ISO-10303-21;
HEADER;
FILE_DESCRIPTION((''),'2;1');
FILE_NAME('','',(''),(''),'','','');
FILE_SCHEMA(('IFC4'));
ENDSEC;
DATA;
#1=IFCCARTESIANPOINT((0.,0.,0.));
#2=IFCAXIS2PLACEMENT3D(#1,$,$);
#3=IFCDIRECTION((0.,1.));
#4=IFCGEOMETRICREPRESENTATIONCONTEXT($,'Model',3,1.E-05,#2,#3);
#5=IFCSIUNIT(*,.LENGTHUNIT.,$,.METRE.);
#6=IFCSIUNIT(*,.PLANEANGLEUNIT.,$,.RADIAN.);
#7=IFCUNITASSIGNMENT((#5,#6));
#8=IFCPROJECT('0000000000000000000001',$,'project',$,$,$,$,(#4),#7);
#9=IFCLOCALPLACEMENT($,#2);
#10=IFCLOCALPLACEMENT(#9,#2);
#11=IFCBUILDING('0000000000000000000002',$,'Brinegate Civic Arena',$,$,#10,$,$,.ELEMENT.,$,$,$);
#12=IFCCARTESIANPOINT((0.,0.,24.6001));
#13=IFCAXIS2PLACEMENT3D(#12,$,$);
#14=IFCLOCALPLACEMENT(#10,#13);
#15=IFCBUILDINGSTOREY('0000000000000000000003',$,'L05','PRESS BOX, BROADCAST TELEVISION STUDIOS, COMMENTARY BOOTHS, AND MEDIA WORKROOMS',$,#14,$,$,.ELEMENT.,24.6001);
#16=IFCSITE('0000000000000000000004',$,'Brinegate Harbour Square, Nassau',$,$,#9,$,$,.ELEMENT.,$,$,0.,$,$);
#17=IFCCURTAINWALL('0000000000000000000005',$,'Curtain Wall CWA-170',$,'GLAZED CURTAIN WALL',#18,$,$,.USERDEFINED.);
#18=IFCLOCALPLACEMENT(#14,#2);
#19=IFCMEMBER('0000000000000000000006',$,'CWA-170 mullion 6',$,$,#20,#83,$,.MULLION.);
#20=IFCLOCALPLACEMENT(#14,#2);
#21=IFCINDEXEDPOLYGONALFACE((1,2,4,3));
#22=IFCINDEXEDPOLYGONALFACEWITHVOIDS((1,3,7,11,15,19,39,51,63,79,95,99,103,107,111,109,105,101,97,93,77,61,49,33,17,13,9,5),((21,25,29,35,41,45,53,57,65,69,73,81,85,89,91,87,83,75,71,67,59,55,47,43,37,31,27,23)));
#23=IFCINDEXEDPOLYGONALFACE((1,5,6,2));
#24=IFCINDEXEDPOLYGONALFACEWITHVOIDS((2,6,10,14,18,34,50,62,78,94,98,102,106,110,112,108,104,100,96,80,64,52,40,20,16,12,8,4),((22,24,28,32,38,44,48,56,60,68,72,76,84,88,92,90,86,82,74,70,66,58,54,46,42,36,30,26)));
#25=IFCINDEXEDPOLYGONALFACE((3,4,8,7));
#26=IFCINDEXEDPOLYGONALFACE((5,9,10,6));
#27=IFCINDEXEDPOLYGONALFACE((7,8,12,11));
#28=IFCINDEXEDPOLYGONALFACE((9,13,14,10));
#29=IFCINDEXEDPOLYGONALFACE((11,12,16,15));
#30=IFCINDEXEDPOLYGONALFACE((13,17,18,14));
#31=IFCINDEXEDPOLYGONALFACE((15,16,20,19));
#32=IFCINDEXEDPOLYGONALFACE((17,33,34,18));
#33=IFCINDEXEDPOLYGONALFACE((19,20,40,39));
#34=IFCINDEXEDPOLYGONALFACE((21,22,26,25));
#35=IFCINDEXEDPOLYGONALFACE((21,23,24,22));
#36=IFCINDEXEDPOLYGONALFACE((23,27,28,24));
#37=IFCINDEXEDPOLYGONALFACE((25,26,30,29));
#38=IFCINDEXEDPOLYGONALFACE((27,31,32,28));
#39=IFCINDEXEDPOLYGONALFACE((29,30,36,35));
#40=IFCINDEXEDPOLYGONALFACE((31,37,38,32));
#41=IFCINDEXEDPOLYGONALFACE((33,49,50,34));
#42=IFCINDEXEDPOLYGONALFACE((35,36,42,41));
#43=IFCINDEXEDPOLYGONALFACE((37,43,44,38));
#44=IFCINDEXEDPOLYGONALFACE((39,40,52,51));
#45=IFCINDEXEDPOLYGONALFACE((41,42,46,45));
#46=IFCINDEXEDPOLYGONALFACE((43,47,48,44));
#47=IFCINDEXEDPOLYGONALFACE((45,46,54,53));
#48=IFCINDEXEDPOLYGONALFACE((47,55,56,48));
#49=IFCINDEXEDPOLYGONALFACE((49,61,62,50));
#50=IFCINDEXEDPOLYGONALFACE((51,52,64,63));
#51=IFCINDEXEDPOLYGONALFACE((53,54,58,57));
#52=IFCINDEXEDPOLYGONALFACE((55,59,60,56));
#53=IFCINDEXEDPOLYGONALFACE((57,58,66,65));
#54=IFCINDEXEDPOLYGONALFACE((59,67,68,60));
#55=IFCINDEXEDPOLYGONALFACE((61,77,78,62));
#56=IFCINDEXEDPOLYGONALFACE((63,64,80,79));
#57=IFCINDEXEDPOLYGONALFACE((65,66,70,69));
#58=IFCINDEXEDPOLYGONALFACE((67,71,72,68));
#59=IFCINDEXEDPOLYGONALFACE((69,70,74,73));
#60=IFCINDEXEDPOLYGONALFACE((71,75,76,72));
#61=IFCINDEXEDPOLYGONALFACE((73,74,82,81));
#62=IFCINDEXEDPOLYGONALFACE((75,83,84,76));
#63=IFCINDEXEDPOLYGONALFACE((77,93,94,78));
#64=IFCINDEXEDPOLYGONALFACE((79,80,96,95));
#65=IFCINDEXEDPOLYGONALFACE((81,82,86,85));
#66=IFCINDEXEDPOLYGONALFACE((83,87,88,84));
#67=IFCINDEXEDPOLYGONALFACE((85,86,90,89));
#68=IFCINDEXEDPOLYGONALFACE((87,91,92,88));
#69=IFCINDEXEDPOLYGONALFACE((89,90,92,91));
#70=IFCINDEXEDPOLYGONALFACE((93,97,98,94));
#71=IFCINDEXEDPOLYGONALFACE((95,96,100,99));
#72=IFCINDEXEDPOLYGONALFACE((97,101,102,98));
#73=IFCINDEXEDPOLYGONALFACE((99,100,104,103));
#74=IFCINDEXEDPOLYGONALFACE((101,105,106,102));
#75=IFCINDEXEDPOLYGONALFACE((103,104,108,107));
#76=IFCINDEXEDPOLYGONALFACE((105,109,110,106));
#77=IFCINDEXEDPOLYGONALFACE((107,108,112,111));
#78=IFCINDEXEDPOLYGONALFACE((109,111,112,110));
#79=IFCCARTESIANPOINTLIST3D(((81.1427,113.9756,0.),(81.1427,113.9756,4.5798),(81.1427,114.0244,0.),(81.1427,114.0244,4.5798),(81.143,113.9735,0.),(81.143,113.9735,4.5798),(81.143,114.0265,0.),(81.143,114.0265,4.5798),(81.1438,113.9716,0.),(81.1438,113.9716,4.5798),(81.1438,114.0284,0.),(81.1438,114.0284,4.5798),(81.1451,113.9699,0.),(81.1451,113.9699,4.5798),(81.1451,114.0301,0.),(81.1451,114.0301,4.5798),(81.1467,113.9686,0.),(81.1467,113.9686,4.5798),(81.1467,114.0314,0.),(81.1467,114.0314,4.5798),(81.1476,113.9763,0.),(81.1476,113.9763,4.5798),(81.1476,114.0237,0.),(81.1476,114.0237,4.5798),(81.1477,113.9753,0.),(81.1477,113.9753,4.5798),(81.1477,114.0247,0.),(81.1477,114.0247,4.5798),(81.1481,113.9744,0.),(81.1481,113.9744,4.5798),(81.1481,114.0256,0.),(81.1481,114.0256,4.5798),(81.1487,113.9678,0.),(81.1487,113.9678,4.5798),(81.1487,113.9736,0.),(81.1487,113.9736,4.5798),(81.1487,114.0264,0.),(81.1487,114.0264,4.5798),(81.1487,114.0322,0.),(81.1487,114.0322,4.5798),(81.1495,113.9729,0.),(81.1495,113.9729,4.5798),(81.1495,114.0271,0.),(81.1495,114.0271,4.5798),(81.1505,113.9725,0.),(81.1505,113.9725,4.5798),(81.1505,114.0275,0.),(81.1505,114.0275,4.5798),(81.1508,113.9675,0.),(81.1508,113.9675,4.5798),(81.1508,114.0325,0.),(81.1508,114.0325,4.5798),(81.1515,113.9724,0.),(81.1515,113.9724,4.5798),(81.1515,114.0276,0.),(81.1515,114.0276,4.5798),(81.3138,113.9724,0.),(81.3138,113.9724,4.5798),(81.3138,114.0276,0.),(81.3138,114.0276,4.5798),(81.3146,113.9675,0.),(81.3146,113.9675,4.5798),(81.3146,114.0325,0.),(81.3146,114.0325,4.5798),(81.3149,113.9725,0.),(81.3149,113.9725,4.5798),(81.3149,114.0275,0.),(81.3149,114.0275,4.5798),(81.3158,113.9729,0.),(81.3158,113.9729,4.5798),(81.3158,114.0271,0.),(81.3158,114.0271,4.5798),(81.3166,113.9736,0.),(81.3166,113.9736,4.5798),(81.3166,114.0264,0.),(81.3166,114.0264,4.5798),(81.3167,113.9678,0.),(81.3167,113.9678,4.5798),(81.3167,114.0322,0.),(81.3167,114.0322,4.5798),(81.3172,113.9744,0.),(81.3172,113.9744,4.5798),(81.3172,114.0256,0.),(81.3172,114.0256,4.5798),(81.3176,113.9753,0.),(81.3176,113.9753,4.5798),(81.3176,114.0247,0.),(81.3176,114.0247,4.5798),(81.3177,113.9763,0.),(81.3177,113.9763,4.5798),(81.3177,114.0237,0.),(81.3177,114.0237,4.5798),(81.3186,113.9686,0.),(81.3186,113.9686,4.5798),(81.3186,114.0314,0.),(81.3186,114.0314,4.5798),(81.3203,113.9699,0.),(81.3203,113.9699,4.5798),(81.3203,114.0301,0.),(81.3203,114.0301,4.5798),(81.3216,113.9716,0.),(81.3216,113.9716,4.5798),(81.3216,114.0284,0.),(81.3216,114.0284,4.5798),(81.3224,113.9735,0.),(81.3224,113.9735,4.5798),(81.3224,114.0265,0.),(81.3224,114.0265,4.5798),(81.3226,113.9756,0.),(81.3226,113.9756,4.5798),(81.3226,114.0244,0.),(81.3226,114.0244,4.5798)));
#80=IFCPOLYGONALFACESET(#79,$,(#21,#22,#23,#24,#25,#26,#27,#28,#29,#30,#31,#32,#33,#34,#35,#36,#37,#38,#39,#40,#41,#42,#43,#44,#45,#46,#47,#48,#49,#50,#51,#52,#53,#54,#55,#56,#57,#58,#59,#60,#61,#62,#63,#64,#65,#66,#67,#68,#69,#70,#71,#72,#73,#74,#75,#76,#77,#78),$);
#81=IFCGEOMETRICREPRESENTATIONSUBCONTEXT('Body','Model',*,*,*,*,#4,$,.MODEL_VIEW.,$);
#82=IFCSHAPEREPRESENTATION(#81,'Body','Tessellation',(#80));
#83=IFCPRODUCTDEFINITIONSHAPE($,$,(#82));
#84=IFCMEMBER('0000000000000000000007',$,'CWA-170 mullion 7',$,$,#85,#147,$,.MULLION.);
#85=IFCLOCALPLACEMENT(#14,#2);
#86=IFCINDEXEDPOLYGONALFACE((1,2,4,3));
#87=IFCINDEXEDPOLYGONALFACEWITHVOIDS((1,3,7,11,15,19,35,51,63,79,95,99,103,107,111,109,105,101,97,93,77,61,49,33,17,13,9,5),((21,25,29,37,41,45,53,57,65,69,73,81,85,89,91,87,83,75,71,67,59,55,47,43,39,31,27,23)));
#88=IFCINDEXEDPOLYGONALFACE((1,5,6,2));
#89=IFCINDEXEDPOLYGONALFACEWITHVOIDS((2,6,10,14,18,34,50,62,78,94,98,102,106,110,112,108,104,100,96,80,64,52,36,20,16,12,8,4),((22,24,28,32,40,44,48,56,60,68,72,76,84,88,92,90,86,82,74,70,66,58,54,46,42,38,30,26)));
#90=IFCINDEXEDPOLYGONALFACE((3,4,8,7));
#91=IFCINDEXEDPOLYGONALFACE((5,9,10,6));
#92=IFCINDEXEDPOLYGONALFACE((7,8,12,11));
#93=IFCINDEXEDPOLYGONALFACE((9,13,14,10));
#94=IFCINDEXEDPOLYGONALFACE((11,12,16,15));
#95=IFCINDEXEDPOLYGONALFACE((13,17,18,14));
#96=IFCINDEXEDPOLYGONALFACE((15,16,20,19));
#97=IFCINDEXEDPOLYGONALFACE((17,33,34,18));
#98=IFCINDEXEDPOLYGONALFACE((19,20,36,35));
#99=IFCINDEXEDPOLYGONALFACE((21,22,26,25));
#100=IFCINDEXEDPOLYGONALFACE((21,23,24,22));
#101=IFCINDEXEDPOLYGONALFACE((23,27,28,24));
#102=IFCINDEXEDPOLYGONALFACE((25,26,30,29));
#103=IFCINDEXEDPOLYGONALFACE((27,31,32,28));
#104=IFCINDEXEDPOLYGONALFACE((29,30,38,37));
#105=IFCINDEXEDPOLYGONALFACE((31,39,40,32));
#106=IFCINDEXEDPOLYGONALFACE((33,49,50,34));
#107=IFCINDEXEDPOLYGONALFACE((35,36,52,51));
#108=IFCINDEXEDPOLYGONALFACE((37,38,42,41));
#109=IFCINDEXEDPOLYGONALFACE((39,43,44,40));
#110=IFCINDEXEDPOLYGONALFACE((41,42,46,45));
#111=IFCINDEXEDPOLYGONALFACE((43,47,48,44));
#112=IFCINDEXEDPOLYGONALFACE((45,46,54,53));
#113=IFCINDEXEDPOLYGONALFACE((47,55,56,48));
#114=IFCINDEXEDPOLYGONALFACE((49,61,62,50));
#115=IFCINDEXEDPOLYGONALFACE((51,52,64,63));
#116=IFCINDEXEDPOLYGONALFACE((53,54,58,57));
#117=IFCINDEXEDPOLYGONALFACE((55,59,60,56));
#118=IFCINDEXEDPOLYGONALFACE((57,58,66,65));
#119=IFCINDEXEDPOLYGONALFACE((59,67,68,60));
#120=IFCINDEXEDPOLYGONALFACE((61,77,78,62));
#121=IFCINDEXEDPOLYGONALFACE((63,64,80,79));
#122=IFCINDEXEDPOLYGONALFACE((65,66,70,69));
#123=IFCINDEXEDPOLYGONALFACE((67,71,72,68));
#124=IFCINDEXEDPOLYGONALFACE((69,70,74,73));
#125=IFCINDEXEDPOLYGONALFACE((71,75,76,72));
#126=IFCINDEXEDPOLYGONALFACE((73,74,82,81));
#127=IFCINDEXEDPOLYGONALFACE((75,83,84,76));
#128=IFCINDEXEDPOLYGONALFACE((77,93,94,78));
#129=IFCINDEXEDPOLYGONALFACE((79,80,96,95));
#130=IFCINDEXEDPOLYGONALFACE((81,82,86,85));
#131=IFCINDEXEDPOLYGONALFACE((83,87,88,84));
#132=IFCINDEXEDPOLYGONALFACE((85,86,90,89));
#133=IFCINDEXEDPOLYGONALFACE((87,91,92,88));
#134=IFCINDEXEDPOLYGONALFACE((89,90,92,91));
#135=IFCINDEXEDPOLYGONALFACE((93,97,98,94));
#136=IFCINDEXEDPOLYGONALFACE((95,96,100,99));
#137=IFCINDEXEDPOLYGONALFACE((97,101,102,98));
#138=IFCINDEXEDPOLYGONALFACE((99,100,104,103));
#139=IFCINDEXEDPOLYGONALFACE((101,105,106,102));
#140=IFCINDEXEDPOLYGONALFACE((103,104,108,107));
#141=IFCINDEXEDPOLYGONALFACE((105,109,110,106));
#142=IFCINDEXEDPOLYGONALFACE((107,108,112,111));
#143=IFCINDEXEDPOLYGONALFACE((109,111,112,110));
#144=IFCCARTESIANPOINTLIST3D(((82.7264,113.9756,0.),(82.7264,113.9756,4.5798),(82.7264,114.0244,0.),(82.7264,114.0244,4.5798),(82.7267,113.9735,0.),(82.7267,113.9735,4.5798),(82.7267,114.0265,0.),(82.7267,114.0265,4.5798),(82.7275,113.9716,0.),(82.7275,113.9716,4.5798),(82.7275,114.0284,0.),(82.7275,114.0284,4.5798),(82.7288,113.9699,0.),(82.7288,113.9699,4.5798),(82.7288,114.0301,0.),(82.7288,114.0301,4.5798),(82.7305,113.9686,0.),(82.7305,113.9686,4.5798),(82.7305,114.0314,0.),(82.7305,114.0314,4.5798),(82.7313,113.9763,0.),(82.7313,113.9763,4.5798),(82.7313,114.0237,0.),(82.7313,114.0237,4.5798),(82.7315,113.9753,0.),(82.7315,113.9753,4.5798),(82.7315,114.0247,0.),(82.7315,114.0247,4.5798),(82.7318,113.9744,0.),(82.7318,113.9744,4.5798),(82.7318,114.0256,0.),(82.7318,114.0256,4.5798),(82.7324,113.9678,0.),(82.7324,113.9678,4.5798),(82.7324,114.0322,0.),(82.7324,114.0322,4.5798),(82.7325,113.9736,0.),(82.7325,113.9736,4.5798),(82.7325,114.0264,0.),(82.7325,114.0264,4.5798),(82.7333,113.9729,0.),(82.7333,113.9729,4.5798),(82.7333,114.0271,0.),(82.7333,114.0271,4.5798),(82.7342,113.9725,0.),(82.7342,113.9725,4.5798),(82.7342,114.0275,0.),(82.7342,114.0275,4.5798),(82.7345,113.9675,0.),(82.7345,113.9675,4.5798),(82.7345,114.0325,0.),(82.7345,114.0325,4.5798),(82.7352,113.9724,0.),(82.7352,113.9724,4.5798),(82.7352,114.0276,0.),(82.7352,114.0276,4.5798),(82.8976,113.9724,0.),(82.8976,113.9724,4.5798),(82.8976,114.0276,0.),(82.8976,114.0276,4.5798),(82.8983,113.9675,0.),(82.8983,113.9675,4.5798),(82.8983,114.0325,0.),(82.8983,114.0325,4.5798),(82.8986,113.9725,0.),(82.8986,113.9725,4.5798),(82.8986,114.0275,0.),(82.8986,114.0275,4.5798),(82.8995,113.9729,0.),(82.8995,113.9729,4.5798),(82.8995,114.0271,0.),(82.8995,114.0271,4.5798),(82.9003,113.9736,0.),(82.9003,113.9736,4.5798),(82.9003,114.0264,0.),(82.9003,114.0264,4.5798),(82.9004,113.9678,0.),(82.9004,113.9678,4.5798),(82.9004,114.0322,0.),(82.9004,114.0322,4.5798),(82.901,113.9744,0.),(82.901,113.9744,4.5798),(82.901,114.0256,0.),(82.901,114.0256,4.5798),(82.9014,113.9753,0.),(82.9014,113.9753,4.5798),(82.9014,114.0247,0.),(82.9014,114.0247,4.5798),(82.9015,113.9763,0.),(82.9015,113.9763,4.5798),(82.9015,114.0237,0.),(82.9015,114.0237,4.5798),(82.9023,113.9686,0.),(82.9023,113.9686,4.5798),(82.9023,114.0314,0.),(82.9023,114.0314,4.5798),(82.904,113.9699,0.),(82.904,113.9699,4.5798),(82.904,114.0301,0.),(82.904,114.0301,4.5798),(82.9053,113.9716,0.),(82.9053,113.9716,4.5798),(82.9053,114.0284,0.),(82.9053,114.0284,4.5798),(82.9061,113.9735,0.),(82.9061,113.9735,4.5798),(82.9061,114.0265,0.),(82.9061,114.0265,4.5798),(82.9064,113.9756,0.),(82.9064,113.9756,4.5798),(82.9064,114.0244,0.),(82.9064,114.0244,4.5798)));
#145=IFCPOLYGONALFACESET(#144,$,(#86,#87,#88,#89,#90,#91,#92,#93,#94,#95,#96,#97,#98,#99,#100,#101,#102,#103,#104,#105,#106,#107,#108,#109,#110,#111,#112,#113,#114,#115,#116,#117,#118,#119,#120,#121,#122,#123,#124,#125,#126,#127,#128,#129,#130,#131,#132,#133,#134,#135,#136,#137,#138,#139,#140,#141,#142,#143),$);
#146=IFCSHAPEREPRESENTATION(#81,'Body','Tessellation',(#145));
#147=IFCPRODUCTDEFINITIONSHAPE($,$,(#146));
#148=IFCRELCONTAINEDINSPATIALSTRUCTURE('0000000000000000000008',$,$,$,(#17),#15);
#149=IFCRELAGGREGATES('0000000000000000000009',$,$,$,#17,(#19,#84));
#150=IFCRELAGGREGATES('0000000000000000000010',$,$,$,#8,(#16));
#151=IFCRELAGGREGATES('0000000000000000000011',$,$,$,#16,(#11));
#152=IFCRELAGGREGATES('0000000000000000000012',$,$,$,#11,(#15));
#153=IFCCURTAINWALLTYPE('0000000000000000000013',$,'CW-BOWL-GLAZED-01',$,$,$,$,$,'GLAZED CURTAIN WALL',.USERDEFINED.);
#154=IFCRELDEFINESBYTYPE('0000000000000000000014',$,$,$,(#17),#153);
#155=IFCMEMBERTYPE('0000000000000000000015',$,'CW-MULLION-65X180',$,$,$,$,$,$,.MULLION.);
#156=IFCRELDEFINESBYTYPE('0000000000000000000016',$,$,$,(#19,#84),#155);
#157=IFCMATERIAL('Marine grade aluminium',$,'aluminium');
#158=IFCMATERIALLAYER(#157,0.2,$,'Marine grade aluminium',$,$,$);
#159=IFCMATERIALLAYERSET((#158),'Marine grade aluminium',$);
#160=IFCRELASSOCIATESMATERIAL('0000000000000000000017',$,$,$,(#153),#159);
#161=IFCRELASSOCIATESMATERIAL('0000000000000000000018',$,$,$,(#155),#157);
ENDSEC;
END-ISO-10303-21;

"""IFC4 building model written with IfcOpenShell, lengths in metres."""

from ifc_helpers import new_model, si_unit, direction, frame, origin, origin_2d, place, context, subcontext, project, spatial, hollow_rectangle, extrude, material, layer, layer_set, material_profile, profile_set, type_object, element, aggregate, save


model = new_model("IFC4")

# Units and contexts
model_context = context("Model", 3, precision=1e-05, world=origin(), true_north=direction((0.0, 1.0)))
body_context = subcontext(model_context, "Body", "Model", "MODEL_VIEW")
ifc_project = project(units=[si_unit("LENGTHUNIT", "METRE"), si_unit("PLANEANGLEUNIT", "RADIAN")], contexts=[model_context])

# Site, building, storey
site_placement = place(None, origin())
site = spatial("IfcSite", under=ifc_project, at=site_placement, Name="Brinegate Harbour Square, Nassau", CompositionType="ELEMENT", RefElevation=0.0)
building_placement = place(site_placement, origin())
building = spatial("IfcBuilding", under=site, at=building_placement, Name="Brinegate Civic Arena", CompositionType="ELEMENT")
storey_placement = place(building_placement, frame((0.0, 0.0, 24.6001)))
storey = spatial("IfcBuildingStorey", under=building, at=storey_placement, Name="L05", Description="PRESS BOX, BROADCAST TELEVISION STUDIOS, COMMENTARY BOOTHS, AND MEDIA WORKROOMS", CompositionType="ELEMENT", Elevation=24.6001)

# Curtain wall, members
ifc_material_1 = material(Name="Marine grade aluminium", Category="aluminium")
ifc_layer_1 = layer(ifc_material_1, 0.2, Name="Marine grade aluminium")
ifc_layer_set_1 = layer_set([ifc_layer_1], Name="Marine grade aluminium")
curtain_wall_type = type_object("IfcCurtainWallType", Name="CW-BOWL-GLAZED-01", ElementType="GLAZED CURTAIN WALL", PredefinedType="USERDEFINED", material=ifc_layer_set_1)
curtain_wall_placement = place(storey_placement, origin())
curtain_wall = element("IfcCurtainWall", 1, at=curtain_wall_placement, inside=storey, type_object=curtain_wall_type, Name="Curtain Wall CWA-170", ObjectType="GLAZED CURTAIN WALL", PredefinedType="USERDEFINED")
ifc_material_profile_1 = material_profile(ifc_material_1, hollow_rectangle(XDim=0.0649, YDim=0.1799, WallThickness=0.0049, InnerFilletRadius=0.0039, OuterFilletRadius=0.0081, at=origin_2d()), Name="MUL65X180")
ifc_profile_set_1 = profile_set([ifc_material_profile_1], Name="Marine grade aluminium")
member_type_1 = type_object("IfcMemberType", Name="CW-MULLION-65X180", PredefinedType="MULLION", material=ifc_profile_set_1)
member_1_placement = place(storey_placement, frame((81.2327, 114.0, 0.0), z_axis=(0.0, 0.0, 1.0), x_axis=(0.0, 1.0, 0.0)))
member_1 = element("IfcMember", 2, at=member_1_placement, type_object=member_type_1, Name="CWA-170 mullion 6", PredefinedType="MULLION", context=body_context, shape_type="SweptSolid", body=[
    extrude(hollow_rectangle(XDim=0.0649, YDim=0.1799, WallThickness=0.0049, InnerFilletRadius=0.0039, OuterFilletRadius=0.0081, at=origin_2d()), origin(), (0.0, 0.0, 1.0), 4.5798),
])
member_2_placement = place(storey_placement, frame((82.8164, 114.0, 0.0), z_axis=(0.0, 0.0, 1.0), x_axis=(0.0, 1.0, 0.0)))
member_2 = element("IfcMember", 3, at=member_2_placement, type_object=member_type_1, Name="CWA-170 mullion 7", PredefinedType="MULLION", context=body_context, shape_type="SweptSolid", body=[
    extrude(hollow_rectangle(XDim=0.0649, YDim=0.1799, WallThickness=0.0049, InnerFilletRadius=0.0039, OuterFilletRadius=0.0081, at=origin_2d()), origin(), (0.0, 0.0, 1.0), 4.5798),
])
aggregate(curtain_wall, [member_1, member_2])

save(model, "model.ifc")
